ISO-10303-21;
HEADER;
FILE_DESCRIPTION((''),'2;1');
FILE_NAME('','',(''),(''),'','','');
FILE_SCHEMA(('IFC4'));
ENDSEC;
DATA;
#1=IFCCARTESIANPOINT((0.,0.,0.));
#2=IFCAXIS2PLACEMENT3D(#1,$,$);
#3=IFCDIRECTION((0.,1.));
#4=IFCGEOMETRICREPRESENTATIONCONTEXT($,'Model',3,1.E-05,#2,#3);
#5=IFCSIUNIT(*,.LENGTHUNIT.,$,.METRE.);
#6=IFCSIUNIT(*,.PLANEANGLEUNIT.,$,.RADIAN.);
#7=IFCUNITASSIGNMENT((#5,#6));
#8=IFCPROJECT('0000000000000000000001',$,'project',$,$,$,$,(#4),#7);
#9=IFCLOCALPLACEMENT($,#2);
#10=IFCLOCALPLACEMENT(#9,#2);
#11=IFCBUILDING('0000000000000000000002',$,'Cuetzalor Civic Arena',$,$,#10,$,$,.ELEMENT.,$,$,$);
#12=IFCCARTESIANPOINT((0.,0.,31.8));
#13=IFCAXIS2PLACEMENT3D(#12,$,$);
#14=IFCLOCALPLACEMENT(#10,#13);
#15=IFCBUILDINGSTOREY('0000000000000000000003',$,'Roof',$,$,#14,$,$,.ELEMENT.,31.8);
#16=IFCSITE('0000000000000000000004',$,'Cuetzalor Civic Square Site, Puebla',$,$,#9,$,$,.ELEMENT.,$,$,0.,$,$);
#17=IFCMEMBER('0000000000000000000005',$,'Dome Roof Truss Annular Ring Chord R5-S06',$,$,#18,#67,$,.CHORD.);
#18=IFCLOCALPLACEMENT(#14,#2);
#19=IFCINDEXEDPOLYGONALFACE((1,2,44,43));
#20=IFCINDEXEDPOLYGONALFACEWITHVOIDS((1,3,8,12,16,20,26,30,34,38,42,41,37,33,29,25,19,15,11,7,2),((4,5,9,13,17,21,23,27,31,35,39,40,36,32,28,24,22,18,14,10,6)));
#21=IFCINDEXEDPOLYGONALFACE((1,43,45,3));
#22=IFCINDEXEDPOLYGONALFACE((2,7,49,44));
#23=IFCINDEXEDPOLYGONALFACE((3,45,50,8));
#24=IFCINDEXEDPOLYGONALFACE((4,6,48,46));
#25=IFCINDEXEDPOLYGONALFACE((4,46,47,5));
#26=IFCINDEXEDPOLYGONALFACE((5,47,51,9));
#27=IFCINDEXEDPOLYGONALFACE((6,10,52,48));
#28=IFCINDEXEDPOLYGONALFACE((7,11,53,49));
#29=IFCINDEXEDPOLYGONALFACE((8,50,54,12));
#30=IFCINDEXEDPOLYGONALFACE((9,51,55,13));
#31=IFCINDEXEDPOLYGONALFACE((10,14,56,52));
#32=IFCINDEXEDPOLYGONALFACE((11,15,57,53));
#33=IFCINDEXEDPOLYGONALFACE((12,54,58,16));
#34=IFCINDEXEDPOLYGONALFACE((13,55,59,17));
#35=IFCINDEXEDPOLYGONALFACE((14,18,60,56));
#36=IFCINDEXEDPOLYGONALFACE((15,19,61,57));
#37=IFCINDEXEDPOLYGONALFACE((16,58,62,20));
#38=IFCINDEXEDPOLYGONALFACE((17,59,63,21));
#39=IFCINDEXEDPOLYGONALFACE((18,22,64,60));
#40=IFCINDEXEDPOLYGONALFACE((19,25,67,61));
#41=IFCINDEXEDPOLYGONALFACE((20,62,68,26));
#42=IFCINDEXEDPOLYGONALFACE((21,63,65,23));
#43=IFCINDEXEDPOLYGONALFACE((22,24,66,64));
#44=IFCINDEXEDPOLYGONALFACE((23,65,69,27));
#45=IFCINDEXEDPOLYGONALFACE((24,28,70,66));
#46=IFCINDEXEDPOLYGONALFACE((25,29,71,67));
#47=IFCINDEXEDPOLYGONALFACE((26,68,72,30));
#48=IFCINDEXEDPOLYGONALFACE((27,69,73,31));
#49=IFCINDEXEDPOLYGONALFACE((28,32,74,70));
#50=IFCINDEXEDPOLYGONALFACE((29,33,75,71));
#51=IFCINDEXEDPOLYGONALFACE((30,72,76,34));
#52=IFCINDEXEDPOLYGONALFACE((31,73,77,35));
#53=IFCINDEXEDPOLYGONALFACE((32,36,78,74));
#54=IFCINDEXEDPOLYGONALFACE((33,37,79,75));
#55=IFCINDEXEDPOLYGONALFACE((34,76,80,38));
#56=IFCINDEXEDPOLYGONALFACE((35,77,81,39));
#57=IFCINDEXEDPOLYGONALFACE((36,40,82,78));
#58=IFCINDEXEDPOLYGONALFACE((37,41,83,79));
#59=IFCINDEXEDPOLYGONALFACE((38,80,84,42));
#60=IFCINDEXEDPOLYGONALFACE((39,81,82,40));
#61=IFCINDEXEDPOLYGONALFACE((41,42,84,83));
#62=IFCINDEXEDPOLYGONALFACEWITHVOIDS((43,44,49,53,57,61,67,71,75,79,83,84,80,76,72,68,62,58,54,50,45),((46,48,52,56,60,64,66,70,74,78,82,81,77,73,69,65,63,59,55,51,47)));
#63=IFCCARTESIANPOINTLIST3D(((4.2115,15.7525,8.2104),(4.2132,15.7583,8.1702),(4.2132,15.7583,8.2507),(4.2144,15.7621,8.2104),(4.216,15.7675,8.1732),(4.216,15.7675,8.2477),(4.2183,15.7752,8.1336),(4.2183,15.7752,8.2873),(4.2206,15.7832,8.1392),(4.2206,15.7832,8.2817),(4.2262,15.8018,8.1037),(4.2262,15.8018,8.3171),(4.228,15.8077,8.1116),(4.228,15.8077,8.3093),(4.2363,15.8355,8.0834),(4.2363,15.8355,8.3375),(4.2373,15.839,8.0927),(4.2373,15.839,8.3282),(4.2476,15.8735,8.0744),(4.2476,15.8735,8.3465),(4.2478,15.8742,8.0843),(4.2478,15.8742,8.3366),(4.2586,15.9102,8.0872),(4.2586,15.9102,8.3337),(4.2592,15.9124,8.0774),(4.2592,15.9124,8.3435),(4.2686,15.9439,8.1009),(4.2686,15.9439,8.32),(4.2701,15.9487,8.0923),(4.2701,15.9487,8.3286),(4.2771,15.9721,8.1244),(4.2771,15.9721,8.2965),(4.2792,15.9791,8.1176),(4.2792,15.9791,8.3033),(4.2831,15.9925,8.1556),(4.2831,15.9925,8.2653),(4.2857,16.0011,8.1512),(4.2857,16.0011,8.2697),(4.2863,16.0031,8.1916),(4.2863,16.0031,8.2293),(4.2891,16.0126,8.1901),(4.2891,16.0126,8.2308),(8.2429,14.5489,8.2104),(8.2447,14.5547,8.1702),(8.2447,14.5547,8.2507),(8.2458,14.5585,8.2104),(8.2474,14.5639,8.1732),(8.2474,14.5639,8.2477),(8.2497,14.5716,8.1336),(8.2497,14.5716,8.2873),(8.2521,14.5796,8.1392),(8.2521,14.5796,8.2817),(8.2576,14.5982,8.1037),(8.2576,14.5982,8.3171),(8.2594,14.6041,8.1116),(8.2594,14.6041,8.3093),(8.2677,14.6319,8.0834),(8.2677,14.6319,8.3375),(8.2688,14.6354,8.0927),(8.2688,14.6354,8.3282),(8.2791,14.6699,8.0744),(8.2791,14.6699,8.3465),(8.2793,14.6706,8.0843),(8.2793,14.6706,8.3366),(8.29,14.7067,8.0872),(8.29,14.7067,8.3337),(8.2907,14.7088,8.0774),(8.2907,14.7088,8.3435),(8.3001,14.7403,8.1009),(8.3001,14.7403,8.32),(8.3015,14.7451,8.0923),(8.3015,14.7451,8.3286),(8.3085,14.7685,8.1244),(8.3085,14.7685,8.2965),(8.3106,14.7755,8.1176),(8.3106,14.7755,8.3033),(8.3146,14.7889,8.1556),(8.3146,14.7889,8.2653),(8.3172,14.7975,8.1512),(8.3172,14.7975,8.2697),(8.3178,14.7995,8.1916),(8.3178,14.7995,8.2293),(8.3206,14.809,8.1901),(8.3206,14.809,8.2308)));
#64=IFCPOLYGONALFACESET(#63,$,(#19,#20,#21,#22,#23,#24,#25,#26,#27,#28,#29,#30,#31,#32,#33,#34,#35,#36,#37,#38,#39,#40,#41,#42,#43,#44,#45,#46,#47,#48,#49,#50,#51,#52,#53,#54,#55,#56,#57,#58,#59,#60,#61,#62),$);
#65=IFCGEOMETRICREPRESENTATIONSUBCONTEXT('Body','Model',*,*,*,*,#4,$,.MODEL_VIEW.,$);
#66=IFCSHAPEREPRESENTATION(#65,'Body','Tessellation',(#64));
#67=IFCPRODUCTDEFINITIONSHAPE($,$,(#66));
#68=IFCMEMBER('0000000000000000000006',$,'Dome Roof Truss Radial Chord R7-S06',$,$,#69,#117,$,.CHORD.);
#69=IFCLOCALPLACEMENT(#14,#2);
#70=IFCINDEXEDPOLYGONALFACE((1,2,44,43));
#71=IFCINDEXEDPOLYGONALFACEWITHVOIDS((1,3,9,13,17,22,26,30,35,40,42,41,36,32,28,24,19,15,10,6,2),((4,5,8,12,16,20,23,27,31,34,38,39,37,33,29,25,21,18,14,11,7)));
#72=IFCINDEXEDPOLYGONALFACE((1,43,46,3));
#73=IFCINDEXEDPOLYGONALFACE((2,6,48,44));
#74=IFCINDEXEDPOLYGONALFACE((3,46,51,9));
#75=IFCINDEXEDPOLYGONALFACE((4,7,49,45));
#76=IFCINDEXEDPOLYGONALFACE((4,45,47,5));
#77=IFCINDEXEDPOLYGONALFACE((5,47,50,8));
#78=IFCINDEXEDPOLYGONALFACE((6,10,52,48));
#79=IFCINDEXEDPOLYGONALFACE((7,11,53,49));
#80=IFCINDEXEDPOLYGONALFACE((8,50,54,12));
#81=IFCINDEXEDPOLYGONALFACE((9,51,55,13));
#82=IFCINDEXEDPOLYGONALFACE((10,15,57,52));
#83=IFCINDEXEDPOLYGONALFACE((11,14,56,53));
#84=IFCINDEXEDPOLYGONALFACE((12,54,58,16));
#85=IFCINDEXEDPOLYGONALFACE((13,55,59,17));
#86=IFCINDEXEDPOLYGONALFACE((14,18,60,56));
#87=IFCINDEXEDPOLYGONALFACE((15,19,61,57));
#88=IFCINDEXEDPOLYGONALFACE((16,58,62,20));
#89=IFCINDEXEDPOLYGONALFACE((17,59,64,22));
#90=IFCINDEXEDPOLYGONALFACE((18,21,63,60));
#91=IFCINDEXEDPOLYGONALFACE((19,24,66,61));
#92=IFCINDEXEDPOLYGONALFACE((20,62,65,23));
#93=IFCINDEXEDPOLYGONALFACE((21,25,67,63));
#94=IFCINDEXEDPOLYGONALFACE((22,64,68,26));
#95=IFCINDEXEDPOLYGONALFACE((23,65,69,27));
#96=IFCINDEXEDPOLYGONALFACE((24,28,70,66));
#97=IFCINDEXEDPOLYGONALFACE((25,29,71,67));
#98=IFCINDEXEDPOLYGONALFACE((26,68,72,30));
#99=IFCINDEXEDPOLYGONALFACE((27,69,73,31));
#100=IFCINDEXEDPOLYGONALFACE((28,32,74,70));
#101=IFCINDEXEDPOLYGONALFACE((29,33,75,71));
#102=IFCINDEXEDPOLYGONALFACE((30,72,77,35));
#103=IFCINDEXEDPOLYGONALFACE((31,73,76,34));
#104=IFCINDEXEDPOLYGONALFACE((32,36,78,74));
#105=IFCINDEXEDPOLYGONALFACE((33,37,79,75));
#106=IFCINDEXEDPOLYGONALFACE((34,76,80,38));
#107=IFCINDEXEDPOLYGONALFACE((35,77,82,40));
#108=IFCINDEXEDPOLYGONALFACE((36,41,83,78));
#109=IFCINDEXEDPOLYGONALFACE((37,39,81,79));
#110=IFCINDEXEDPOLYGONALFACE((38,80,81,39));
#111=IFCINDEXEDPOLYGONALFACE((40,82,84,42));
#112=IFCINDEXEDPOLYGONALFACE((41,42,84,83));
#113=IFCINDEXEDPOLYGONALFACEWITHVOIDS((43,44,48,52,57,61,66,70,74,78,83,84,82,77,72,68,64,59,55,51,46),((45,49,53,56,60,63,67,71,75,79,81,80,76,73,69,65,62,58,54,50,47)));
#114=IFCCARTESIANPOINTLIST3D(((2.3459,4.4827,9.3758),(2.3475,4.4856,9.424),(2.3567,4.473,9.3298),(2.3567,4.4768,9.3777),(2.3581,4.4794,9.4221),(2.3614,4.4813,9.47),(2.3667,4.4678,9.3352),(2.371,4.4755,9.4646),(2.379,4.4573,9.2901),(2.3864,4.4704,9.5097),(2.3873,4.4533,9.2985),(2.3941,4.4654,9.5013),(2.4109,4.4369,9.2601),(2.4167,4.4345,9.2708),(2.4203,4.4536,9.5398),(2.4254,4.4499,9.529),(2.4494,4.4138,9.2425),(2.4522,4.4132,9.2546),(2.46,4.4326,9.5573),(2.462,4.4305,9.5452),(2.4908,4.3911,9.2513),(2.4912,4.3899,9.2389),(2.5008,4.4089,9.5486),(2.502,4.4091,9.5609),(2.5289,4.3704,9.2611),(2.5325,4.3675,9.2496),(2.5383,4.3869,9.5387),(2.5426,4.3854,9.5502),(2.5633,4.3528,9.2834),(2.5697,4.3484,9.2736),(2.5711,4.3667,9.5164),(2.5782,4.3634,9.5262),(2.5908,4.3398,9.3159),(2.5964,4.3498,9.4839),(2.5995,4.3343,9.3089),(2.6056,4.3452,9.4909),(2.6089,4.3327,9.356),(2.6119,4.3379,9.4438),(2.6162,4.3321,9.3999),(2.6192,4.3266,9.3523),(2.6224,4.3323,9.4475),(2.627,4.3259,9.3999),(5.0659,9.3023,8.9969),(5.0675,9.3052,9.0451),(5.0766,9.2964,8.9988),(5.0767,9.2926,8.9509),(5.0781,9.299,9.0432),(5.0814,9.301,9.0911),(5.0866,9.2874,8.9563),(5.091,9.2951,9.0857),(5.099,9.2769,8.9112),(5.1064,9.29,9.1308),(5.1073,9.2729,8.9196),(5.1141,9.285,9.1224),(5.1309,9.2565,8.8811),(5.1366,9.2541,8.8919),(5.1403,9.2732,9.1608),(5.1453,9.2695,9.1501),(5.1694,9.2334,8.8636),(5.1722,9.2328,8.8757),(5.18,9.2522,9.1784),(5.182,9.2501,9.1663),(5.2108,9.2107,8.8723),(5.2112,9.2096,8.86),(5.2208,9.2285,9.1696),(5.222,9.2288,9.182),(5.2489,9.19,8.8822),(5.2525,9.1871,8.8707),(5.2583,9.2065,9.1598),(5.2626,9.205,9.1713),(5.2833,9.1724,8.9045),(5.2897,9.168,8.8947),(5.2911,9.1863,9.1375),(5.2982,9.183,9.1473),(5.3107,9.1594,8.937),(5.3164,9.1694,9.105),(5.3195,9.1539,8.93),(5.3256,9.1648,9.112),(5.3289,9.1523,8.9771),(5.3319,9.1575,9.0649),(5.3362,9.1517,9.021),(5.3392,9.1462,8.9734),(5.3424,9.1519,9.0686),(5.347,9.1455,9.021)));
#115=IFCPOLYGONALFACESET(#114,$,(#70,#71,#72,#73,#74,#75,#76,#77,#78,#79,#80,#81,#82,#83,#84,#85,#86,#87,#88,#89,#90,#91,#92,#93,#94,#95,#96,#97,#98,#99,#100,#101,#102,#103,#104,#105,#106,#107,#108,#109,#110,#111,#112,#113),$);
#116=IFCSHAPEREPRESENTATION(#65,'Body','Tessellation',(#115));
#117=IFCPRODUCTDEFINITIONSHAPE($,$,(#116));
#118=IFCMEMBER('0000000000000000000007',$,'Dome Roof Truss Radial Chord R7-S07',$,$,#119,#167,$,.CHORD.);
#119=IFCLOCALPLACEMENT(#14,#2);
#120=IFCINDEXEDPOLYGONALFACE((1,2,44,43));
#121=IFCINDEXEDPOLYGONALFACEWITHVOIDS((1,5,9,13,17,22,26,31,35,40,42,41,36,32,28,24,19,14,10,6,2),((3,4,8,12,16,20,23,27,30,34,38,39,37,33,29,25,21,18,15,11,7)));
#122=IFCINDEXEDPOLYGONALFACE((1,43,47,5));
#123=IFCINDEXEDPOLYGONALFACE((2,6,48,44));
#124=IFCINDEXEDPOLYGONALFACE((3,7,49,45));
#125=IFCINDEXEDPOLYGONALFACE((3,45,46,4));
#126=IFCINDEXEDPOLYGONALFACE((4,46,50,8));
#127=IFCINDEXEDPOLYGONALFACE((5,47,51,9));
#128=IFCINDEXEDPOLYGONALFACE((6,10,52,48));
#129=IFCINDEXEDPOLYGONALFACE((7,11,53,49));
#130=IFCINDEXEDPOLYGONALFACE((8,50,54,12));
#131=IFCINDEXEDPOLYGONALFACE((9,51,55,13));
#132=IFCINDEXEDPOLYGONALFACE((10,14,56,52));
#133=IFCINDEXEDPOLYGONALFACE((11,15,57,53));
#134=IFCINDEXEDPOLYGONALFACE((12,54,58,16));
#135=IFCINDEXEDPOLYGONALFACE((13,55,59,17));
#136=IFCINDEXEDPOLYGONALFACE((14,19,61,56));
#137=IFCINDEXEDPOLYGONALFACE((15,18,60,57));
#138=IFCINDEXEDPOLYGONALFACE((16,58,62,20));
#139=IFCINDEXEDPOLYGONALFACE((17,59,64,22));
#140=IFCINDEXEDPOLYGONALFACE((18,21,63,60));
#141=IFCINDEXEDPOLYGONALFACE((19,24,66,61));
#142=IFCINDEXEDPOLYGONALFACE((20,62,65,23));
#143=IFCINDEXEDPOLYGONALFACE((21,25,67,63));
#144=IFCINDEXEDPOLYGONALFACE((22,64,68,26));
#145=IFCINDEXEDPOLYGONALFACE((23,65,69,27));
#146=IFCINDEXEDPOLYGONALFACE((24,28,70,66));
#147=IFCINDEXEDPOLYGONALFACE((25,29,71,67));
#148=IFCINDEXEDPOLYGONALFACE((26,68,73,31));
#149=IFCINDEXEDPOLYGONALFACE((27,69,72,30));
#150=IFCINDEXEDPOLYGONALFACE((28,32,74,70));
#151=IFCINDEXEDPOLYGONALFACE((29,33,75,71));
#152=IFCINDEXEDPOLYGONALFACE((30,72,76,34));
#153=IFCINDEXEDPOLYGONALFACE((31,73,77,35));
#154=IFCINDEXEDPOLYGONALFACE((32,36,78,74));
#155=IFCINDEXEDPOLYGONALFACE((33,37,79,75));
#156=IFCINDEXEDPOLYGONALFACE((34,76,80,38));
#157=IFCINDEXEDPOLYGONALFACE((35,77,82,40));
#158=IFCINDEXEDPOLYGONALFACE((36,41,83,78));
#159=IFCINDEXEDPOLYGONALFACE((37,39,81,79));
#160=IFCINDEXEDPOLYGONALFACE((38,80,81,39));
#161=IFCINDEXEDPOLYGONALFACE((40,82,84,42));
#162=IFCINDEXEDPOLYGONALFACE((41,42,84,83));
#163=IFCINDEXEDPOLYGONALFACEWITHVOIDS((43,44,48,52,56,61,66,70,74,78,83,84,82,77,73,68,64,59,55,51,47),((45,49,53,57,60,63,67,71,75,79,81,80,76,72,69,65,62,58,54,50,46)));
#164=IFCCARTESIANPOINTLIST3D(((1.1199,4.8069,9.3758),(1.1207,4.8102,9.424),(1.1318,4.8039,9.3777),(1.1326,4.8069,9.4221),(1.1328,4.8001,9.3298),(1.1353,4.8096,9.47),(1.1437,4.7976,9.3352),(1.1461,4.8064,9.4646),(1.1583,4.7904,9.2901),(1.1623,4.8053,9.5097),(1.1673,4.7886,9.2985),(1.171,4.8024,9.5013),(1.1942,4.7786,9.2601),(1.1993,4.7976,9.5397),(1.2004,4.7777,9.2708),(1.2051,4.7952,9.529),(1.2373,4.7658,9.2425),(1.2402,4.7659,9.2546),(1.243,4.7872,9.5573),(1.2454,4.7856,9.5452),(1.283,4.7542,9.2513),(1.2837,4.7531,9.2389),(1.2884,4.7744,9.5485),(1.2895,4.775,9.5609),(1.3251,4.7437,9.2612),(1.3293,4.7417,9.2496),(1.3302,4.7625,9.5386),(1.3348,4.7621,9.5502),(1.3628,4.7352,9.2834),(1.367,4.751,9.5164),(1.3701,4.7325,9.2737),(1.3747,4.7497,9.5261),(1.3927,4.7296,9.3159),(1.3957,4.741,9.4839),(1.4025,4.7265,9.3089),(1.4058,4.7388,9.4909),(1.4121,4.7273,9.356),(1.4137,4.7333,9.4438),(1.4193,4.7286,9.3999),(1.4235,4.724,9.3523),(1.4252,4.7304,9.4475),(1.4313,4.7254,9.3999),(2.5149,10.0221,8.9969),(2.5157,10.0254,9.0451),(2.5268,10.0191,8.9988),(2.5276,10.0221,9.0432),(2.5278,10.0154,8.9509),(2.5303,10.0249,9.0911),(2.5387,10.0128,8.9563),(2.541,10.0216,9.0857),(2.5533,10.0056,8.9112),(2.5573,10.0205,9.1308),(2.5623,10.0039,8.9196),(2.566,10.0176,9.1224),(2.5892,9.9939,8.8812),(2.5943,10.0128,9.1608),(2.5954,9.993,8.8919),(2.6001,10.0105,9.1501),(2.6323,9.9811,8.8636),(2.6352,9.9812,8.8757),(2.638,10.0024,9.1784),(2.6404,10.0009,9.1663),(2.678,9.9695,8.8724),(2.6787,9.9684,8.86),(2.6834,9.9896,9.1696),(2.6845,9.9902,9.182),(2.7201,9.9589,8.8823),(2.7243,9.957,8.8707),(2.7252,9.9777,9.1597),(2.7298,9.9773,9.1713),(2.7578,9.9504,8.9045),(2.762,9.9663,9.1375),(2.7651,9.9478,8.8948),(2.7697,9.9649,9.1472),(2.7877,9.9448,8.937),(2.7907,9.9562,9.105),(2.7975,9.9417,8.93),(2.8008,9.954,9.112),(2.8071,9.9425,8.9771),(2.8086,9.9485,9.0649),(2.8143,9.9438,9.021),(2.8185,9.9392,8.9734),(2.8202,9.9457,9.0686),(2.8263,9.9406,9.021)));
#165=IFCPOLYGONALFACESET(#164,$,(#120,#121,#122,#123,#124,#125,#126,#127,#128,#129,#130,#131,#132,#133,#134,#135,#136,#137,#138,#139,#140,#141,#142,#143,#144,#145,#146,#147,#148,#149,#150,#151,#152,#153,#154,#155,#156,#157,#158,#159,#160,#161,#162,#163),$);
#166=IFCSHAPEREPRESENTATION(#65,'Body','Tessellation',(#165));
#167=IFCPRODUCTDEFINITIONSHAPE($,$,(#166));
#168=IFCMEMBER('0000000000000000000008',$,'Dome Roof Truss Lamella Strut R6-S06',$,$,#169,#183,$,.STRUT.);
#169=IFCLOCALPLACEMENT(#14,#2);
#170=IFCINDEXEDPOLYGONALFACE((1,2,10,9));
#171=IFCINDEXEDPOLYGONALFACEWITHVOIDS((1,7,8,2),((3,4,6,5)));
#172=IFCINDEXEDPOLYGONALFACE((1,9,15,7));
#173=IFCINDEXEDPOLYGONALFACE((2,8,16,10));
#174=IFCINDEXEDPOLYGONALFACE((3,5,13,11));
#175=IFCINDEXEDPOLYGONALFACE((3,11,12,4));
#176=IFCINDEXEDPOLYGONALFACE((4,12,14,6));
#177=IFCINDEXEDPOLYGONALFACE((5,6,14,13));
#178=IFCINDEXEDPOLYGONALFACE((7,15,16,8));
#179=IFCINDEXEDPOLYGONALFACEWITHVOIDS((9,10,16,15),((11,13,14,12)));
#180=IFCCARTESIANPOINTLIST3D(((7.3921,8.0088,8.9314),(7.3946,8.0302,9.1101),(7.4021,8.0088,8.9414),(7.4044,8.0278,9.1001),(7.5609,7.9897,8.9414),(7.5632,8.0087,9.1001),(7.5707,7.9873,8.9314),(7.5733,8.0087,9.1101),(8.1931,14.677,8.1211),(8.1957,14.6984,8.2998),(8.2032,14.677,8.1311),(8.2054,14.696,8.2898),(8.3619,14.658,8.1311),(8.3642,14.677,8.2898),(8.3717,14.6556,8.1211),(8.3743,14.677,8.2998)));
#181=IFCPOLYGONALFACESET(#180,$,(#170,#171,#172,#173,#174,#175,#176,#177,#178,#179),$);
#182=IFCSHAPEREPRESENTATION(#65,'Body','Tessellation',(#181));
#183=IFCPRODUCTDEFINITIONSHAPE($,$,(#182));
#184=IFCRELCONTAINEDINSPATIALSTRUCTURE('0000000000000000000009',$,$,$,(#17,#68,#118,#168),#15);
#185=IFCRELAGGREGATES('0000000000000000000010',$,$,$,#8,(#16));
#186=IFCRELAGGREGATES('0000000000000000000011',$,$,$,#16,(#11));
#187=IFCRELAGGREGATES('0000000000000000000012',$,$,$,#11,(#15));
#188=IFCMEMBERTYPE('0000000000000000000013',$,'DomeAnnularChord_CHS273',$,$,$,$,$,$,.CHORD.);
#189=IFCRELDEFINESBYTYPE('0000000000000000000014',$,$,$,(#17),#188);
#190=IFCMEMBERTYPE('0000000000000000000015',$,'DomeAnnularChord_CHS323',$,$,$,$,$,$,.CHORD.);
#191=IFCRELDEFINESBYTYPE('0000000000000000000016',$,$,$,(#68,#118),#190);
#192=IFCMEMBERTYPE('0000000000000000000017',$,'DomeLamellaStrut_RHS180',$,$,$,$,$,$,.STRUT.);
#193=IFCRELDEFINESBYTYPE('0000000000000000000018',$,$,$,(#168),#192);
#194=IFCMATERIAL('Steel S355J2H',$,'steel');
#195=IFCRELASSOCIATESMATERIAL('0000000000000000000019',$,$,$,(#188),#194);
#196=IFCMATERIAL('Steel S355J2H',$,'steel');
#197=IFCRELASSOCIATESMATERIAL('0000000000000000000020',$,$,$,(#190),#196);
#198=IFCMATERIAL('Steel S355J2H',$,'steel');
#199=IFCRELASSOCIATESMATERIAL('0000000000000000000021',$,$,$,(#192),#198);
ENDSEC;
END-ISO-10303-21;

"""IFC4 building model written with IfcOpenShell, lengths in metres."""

from ifc_helpers import new_model, si_unit, direction, frame, origin, origin_2d, place, context, subcontext, project, spatial, hollow_rectangle, hollow_circle, extrude, material, material_profile, profile_set, type_object, element, save


model = new_model("IFC4")

# Units and contexts
model_context = context("Model", 3, precision=1e-05, world=origin(), true_north=direction((0.0, 1.0)))
body_context = subcontext(model_context, "Body", "Model", "MODEL_VIEW")
ifc_project = project(units=[si_unit("LENGTHUNIT", "METRE"), si_unit("PLANEANGLEUNIT", "RADIAN")], contexts=[model_context])

# Site, building, storey
site_placement = place(None, origin())
site = spatial("IfcSite", under=ifc_project, at=site_placement, Name="Cuetzalor Civic Square Site, Puebla", CompositionType="ELEMENT", RefElevation=0.0)
building_placement = place(site_placement, origin())
building = spatial("IfcBuilding", under=site, at=building_placement, Name="Cuetzalor Civic Arena", CompositionType="ELEMENT")
storey_placement = place(building_placement, frame((0.0, 0.0, 31.8)))
storey = spatial("IfcBuildingStorey", under=building, at=storey_placement, Name="Roof", CompositionType="ELEMENT", Elevation=31.8)

# Members
ifc_material_1 = material(Name="Steel S355J2H", Category="steel")
ifc_material_profile_1 = material_profile(ifc_material_1, hollow_circle(Radius=0.1365, WallThickness=0.01, at=origin_2d()), Name="CHS 273x10")
ifc_profile_set_1 = profile_set([ifc_material_profile_1], Name="Steel S355J2H")
member_type_1 = type_object("IfcMemberType", Name="DomeAnnularChord_CHS273", PredefinedType="CHORD", material=ifc_profile_set_1)
member_1_placement = place(storey_placement, frame((8.282, 14.6797, 8.2104), z_axis=(-0.958207, 0.286075, 0.0), x_axis=(-0.286075, -0.958207, 0.0)))
element("IfcMember", 1, at=member_1_placement, inside=storey, type_object=member_type_1, Name="Dome Roof Truss Annular Ring Chord R5-S06", PredefinedType="CHORD", context=body_context, shape_type="SweptSolid", body=[
    extrude(hollow_circle(Radius=0.1365, WallThickness=0.01, at=origin_2d()), origin(), (0.0, 0.0, 1.0), 4.2073),
])
ifc_material_2 = material(Name="Steel S355J2H", Category="steel")
ifc_material_profile_2 = material_profile(ifc_material_2, hollow_circle(Radius=0.1619, WallThickness=0.0125, at=origin_2d()), Name="CHS 323.9x12.5")
ifc_profile_set_2 = profile_set([ifc_material_profile_2], Name="Steel S355J2H")
member_type_2 = type_object("IfcMemberType", Name="DomeAnnularChord_CHS323", PredefinedType="CHORD", material=ifc_profile_set_2)
member_2_placement = place(storey_placement, frame((5.2061, 9.2251, 9.021), z_axis=(-0.490342, -0.868849, 0.068307), x_axis=(0.870883, -0.49149, 0.0)))
element("IfcMember", 2, at=member_2_placement, inside=storey, type_object=member_type_2, Name="Dome Roof Truss Radial Chord R7-S06", PredefinedType="CHORD", context=body_context, shape_type="SweptSolid", body=[
    extrude(hollow_circle(Radius=0.1619, WallThickness=0.0125, at=origin_2d()), origin(), (0.0, 0.0, 1.0), 5.5471),
])
member_3_placement = place(storey_placement, frame((2.6699, 9.9824, 9.021), z_axis=(-0.257766, -0.963667, 0.070013), x_axis=(0.966038, -0.2584, 0.0)))
element("IfcMember", 3, at=member_3_placement, inside=storey, type_object=member_type_2, Name="Dome Roof Truss Radial Chord R7-S07", PredefinedType="CHORD", context=body_context, shape_type="SweptSolid", body=[
    extrude(hollow_circle(Radius=0.1619, WallThickness=0.0125, at=origin_2d()), origin(), (0.0, 0.0, 1.0), 5.4119),
])
ifc_material_3 = material(Name="Steel S355J2H", Category="steel")
ifc_material_profile_3 = material_profile(ifc_material_3, hollow_rectangle(XDim=0.1799, YDim=0.1799, WallThickness=0.01, at=origin_2d()), Name="RHS 180x180x10")
ifc_profile_set_3 = profile_set([ifc_material_profile_3], Name="Steel S355J2H")
member_type_3 = type_object("IfcMemberType", Name="DomeLamellaStrut_RHS180", PredefinedType="STRUT", material=ifc_profile_set_3)
member_4_placement = place(storey_placement, frame((8.2837, 14.677, 8.2104), z_axis=(-0.11841, -0.985714, 0.119781), x_axis=(0.992862, -0.119268, 0.0)))
element("IfcMember", 4, at=member_4_placement, inside=storey, type_object=member_type_3, Name="Dome Roof Truss Lamella Strut R6-S06", PredefinedType="STRUT", context=body_context, shape_type="SweptSolid", body=[
    extrude(hollow_rectangle(XDim=0.1799, YDim=0.1799, WallThickness=0.01, at=origin_2d()), origin(), (0.0, 0.0, 1.0), 6.7649),
])

save(model, "model.ifc")
